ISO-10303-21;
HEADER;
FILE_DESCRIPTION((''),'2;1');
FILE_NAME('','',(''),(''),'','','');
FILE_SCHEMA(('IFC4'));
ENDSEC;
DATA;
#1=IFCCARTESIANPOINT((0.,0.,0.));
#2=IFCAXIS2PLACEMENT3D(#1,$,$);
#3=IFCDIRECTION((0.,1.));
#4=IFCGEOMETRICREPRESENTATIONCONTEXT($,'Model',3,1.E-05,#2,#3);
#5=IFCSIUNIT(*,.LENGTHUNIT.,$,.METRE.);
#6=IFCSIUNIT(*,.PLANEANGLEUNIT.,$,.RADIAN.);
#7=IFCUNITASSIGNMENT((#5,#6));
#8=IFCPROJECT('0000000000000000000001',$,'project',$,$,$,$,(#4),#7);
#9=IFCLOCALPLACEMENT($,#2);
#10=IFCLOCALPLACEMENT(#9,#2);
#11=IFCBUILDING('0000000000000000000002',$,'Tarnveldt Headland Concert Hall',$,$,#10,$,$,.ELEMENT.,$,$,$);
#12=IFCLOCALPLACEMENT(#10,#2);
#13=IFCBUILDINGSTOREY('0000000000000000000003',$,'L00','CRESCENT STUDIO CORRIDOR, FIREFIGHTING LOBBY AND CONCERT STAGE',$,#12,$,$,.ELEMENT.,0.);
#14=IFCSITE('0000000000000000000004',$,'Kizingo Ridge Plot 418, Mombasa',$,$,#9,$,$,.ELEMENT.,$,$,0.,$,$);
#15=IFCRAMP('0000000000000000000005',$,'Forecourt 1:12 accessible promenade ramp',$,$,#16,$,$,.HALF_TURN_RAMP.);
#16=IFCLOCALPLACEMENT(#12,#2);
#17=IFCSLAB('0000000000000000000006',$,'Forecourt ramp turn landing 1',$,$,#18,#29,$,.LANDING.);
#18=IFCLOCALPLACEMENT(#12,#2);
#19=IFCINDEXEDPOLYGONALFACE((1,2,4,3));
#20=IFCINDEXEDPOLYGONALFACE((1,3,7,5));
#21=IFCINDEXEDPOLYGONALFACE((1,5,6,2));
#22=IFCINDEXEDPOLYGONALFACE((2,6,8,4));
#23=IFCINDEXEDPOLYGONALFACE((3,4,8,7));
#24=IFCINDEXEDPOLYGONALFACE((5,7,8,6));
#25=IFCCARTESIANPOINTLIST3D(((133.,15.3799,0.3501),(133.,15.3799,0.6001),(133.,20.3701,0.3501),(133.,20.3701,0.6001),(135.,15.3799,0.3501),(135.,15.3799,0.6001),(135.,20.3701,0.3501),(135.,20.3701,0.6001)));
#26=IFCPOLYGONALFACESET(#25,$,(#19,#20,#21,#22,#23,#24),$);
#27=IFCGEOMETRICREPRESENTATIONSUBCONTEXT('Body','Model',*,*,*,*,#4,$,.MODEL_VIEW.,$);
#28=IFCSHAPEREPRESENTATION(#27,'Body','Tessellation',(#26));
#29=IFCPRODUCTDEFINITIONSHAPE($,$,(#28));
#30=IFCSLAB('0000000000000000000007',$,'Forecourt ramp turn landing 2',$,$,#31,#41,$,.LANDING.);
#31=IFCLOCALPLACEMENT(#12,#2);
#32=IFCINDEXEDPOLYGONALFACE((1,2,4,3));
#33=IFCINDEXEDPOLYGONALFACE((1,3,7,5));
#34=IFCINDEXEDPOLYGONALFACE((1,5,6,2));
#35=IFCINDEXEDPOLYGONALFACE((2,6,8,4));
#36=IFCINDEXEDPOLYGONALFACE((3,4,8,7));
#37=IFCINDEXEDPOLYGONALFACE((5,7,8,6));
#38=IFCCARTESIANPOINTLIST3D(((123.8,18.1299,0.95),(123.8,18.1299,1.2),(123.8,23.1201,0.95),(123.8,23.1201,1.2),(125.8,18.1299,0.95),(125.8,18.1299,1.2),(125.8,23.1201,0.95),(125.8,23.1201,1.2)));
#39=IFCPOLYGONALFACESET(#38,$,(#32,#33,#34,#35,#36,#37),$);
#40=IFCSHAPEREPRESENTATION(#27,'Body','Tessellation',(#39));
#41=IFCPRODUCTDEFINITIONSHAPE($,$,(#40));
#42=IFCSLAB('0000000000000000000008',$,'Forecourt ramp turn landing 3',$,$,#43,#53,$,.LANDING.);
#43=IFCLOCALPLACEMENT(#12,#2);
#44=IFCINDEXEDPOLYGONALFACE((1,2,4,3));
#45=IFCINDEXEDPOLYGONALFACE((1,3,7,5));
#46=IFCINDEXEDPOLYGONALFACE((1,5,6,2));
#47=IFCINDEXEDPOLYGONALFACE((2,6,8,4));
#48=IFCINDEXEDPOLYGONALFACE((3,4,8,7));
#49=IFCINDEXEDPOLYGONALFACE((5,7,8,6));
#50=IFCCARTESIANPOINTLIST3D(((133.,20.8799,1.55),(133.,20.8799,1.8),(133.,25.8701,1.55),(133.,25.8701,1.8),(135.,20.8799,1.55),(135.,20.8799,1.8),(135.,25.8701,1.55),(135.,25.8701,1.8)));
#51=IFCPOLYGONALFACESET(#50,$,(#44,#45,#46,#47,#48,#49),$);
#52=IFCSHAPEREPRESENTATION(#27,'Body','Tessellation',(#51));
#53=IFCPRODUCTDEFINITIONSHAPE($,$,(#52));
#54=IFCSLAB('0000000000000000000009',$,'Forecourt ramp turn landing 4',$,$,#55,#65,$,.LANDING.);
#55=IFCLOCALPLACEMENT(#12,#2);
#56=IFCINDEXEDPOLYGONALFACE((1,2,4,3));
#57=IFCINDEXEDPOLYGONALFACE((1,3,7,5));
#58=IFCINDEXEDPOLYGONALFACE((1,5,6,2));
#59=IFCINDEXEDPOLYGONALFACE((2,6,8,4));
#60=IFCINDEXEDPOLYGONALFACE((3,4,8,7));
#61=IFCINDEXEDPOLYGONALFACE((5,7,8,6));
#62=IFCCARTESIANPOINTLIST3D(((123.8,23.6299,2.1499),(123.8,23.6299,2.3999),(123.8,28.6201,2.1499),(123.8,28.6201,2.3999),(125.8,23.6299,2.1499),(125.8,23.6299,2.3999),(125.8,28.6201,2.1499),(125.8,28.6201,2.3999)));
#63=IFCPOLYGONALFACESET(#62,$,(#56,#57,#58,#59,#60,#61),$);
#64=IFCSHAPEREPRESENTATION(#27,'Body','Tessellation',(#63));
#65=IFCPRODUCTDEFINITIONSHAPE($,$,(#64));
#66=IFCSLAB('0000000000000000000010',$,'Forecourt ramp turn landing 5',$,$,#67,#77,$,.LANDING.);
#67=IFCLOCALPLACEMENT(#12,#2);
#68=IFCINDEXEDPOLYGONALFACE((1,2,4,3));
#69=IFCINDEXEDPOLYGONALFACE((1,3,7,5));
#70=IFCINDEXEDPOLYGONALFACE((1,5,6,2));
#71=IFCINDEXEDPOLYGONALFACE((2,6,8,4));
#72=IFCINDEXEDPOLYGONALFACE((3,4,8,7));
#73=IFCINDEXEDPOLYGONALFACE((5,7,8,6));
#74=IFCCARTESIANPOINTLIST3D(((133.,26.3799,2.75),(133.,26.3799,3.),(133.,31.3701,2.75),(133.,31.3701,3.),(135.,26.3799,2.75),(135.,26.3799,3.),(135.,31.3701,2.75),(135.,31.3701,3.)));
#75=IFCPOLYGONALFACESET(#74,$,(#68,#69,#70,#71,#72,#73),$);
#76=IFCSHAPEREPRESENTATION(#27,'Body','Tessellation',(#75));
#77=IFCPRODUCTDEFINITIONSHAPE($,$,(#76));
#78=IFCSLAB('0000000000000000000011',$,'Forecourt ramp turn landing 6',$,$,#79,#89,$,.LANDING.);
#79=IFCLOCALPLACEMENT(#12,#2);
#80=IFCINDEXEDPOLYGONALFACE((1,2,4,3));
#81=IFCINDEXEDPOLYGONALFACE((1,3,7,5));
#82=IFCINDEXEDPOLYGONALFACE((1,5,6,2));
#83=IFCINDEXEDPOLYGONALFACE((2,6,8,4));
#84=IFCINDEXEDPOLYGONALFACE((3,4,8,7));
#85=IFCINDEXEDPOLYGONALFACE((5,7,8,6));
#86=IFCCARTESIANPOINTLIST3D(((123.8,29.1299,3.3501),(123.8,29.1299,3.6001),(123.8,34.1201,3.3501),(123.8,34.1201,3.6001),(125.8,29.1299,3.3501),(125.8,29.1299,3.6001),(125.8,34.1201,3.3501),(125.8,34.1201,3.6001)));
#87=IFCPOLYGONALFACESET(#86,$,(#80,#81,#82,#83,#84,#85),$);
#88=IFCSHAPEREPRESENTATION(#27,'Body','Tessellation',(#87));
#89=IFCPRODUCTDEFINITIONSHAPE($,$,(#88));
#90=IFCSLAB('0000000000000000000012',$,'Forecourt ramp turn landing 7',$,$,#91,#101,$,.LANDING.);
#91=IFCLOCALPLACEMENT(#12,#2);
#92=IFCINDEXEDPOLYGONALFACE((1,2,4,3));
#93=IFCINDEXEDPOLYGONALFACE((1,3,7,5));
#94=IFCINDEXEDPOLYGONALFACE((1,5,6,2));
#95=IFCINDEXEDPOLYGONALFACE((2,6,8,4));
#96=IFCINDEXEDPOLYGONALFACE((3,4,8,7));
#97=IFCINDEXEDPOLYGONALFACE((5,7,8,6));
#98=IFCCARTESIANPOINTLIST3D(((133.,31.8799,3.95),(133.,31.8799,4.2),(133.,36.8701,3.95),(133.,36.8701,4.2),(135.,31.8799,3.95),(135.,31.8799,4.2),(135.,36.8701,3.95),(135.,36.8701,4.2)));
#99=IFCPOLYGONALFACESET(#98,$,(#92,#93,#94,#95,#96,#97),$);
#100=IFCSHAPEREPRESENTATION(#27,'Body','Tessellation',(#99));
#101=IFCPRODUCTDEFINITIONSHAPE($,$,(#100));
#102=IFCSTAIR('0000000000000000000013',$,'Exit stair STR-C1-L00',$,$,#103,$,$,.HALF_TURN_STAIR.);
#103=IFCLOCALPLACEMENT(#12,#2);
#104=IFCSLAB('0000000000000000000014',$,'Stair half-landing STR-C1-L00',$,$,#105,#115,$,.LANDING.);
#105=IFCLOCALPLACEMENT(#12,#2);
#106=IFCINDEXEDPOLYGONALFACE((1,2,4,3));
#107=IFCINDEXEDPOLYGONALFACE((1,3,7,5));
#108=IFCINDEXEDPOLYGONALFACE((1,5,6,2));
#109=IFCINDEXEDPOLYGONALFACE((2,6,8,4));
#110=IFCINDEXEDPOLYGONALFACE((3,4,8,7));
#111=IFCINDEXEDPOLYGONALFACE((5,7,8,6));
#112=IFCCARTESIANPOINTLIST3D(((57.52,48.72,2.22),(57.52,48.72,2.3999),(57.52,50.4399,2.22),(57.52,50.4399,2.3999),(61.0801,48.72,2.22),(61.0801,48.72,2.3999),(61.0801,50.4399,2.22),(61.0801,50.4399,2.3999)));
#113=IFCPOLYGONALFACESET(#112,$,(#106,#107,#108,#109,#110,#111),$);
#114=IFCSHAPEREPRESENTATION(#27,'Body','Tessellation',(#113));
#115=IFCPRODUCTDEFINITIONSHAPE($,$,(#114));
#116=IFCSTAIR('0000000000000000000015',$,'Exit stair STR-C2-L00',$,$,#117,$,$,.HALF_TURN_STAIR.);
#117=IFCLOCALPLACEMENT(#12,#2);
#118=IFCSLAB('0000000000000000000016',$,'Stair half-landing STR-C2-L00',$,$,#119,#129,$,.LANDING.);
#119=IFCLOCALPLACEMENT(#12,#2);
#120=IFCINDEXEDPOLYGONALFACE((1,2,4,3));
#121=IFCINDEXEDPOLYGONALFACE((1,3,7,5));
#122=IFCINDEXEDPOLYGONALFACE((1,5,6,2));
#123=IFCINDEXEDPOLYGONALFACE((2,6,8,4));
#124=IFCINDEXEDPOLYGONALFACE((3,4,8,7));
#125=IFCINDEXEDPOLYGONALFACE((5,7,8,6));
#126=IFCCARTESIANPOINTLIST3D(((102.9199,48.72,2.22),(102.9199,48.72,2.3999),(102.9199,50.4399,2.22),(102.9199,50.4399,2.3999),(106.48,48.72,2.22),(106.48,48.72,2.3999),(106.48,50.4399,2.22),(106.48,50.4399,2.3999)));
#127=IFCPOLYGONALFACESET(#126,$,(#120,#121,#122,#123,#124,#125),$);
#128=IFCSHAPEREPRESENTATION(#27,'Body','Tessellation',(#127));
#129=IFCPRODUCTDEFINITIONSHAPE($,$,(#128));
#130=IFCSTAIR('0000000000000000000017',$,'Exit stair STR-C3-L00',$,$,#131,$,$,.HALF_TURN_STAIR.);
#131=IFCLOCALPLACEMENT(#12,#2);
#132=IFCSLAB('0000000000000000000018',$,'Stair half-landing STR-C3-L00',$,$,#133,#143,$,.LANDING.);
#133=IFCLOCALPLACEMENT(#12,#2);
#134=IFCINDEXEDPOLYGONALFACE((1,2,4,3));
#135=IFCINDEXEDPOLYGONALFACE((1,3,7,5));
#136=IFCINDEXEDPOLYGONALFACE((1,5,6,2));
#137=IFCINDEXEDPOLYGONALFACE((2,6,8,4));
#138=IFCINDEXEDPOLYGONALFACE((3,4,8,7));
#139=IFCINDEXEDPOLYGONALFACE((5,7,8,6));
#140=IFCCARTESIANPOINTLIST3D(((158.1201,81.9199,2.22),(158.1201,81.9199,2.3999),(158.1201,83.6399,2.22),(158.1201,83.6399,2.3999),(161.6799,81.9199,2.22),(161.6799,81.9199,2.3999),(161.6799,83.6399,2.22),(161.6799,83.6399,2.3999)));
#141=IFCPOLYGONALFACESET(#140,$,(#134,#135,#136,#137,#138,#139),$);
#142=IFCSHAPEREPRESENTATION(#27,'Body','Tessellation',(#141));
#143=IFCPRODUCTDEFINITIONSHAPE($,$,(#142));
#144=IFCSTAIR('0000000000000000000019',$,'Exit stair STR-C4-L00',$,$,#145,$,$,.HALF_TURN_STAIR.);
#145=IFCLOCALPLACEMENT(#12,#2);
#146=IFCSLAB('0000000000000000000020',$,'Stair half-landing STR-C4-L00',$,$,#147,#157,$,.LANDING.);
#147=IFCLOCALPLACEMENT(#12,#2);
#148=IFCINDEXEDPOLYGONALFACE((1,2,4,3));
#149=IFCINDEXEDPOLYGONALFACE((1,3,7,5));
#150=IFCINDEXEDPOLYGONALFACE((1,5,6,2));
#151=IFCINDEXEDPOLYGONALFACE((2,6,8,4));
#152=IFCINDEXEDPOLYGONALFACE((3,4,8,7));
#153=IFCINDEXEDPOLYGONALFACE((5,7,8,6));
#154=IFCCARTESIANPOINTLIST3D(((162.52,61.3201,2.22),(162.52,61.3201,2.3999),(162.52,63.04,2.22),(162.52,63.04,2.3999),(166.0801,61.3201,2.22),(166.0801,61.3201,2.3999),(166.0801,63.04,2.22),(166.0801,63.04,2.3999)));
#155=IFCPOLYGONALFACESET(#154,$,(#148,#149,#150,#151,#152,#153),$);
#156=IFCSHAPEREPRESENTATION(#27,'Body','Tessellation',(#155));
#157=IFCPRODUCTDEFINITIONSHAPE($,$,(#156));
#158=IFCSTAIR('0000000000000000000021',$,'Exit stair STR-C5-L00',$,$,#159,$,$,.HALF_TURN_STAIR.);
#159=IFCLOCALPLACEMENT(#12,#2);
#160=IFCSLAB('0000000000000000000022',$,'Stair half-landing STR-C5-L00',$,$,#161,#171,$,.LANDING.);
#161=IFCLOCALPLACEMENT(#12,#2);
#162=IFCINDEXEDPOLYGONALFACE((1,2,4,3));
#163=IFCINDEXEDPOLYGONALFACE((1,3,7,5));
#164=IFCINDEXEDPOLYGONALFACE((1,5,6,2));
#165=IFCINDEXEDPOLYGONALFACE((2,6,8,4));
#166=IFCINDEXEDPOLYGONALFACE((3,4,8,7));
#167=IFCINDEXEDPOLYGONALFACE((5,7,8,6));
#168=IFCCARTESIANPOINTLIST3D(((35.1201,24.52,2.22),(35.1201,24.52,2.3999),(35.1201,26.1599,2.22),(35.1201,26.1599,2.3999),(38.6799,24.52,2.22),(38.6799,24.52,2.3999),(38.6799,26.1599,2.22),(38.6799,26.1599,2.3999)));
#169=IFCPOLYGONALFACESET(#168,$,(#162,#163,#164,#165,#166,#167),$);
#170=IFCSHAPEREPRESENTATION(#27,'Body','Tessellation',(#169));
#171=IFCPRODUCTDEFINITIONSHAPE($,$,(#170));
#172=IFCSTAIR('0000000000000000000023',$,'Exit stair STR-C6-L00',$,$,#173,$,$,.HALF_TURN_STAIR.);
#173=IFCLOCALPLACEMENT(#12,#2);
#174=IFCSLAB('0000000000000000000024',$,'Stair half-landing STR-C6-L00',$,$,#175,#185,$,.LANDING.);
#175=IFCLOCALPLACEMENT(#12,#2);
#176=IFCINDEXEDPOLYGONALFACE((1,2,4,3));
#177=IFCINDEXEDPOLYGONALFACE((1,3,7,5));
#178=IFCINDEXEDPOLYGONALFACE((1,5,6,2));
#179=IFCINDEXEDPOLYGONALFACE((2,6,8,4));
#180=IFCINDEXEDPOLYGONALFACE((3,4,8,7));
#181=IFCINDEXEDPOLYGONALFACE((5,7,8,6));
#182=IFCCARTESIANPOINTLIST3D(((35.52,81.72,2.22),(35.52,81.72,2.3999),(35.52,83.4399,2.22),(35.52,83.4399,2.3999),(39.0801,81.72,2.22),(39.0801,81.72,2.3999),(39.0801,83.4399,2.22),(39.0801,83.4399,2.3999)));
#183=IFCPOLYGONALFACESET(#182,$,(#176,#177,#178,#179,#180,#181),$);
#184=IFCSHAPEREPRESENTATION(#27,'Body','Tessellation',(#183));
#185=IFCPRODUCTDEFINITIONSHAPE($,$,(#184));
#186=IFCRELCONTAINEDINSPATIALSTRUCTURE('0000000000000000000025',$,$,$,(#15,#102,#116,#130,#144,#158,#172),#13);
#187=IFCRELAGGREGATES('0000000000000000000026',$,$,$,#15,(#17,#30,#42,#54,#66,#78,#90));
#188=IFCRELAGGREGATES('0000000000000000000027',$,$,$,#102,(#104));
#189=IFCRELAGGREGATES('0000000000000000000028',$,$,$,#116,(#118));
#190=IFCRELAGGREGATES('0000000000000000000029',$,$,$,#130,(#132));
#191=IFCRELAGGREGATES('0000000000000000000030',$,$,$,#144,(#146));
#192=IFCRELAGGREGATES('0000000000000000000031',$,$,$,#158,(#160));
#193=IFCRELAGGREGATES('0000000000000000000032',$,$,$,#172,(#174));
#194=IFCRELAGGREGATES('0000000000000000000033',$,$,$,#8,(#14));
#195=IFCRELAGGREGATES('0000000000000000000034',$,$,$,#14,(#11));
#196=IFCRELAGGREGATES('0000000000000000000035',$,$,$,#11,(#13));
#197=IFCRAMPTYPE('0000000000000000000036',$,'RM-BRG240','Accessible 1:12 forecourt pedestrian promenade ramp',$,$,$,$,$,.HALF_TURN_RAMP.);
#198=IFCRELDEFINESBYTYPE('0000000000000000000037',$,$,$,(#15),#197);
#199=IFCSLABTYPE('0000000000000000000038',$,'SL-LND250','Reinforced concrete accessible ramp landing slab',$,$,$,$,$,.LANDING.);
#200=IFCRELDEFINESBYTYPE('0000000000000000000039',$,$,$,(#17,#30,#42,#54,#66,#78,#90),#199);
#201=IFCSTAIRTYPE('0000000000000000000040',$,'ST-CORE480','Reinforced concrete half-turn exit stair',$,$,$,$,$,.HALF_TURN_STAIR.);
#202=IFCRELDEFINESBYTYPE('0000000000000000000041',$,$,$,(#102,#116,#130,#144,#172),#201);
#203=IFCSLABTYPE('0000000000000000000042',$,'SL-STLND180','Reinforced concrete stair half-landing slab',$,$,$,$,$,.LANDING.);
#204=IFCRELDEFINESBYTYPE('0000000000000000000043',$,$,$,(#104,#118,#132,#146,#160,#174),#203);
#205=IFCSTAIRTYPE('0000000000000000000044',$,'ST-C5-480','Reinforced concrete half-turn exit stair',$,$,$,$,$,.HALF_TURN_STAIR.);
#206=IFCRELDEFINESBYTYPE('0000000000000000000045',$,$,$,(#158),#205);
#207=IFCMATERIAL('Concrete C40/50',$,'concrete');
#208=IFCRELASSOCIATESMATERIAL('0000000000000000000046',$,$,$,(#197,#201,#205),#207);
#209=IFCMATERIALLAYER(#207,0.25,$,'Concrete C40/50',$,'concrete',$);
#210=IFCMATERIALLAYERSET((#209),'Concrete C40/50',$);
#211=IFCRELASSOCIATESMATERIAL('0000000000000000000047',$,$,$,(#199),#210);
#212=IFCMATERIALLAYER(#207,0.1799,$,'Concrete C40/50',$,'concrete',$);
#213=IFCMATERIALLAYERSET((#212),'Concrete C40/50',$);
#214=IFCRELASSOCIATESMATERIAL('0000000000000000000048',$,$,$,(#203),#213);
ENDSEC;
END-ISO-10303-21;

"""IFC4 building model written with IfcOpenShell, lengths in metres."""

from ifc_helpers import new_model, si_unit, direction, frame, origin, place, context, subcontext, project, spatial, polyline, outline, extrude, material, layer, layer_set, type_object, element, aggregate, save


model = new_model("IFC4")

# Units and contexts
model_context = context("Model", 3, precision=1e-05, world=origin(), true_north=direction((0.0, 1.0)))
body_context = subcontext(model_context, "Body", "Model", "MODEL_VIEW")
ifc_project = project(units=[si_unit("LENGTHUNIT", "METRE"), si_unit("PLANEANGLEUNIT", "RADIAN")], contexts=[model_context])

# Site, building, storey
site_placement = place(None, origin())
site = spatial("IfcSite", under=ifc_project, at=site_placement, Name="Kizingo Ridge Plot 418, Mombasa", CompositionType="ELEMENT", RefElevation=0.0)
building_placement = place(site_placement, origin())
building = spatial("IfcBuilding", under=site, at=building_placement, Name="Tarnveldt Headland Concert Hall", CompositionType="ELEMENT")
storey_placement = place(building_placement, origin())
storey = spatial("IfcBuildingStorey", under=building, at=storey_placement, Name="L00", Description="CRESCENT STUDIO CORRIDOR, FIREFIGHTING LOBBY AND CONCERT STAGE", CompositionType="ELEMENT", Elevation=0.0)

# Ramp, slabs
ifc_material_1 = material(Name="Concrete C40/50", Category="concrete")
ramp_type = type_object("IfcRampType", Name="RM-BRG240", Description="Accessible 1:12 forecourt pedestrian promenade ramp", PredefinedType="HALF_TURN_RAMP", material=ifc_material_1)
ramp_placement = place(storey_placement, origin())
ramp = element("IfcRamp", 1, at=ramp_placement, inside=storey, type_object=ramp_type, Name="Forecourt 1:12 accessible promenade ramp", PredefinedType="HALF_TURN_RAMP")
ifc_layer_1 = layer(ifc_material_1, 0.25, Name="Concrete C40/50", Category="concrete")
ifc_layer_set_1 = layer_set([ifc_layer_1], Name="Concrete C40/50")
slab_type_1 = type_object("IfcSlabType", Name="SL-LND250", Description="Reinforced concrete accessible ramp landing slab", PredefinedType="LANDING", material=ifc_layer_set_1)
slab_1_placement = place(storey_placement, frame((0.0, 0.0, 0.3501)))
slab_1 = element("IfcSlab", 2, at=slab_1_placement, type_object=slab_type_1, Name="Forecourt ramp turn landing 1", PredefinedType="LANDING", context=body_context, shape_type="SweptSolid", body=[
    extrude(outline(polyline([(133.0, 15.3799), (135.0, 15.3799), (135.0, 20.3701), (133.0, 20.3701), (133.0, 15.3799)])), origin(), (0.0, 0.0, 1.0), 0.25),
])
slab_2_placement = place(storey_placement, frame((0.0, 0.0, 0.95)))
slab_2 = element("IfcSlab", 3, at=slab_2_placement, type_object=slab_type_1, Name="Forecourt ramp turn landing 2", PredefinedType="LANDING", context=body_context, shape_type="SweptSolid", body=[
    extrude(outline(polyline([(123.8, 18.1299), (125.8, 18.1299), (125.8, 23.1201), (123.8, 23.1201), (123.8, 18.1299)])), origin(), (0.0, 0.0, 1.0), 0.25),
])
slab_3_placement = place(storey_placement, frame((0.0, 0.0, 1.55)))
slab_3 = element("IfcSlab", 4, at=slab_3_placement, type_object=slab_type_1, Name="Forecourt ramp turn landing 3", PredefinedType="LANDING", context=body_context, shape_type="SweptSolid", body=[
    extrude(outline(polyline([(133.0, 20.8799), (135.0, 20.8799), (135.0, 25.8701), (133.0, 25.8701), (133.0, 20.8799)])), origin(), (0.0, 0.0, 1.0), 0.25),
])
slab_4_placement = place(storey_placement, frame((0.0, 0.0, 2.1499)))
slab_4 = element("IfcSlab", 5, at=slab_4_placement, type_object=slab_type_1, Name="Forecourt ramp turn landing 4", PredefinedType="LANDING", context=body_context, shape_type="SweptSolid", body=[
    extrude(outline(polyline([(123.8, 23.6299), (125.8, 23.6299), (125.8, 28.6201), (123.8, 28.6201), (123.8, 23.6299)])), origin(), (0.0, 0.0, 1.0), 0.25),
])
slab_5_placement = place(storey_placement, frame((0.0, 0.0, 2.75)))
slab_5 = element("IfcSlab", 6, at=slab_5_placement, type_object=slab_type_1, Name="Forecourt ramp turn landing 5", PredefinedType="LANDING", context=body_context, shape_type="SweptSolid", body=[
    extrude(outline(polyline([(133.0, 26.3799), (135.0, 26.3799), (135.0, 31.3701), (133.0, 31.3701), (133.0, 26.3799)])), origin(), (0.0, 0.0, 1.0), 0.25),
])
slab_6_placement = place(storey_placement, frame((0.0, 0.0, 3.3501)))
slab_6 = element("IfcSlab", 7, at=slab_6_placement, type_object=slab_type_1, Name="Forecourt ramp turn landing 6", PredefinedType="LANDING", context=body_context, shape_type="SweptSolid", body=[
    extrude(outline(polyline([(123.8, 29.1299), (125.8, 29.1299), (125.8, 34.1201), (123.8, 34.1201), (123.8, 29.1299)])), origin(), (0.0, 0.0, 1.0), 0.25),
])
slab_7_placement = place(storey_placement, frame((0.0, 0.0, 3.95)))
slab_7 = element("IfcSlab", 8, at=slab_7_placement, type_object=slab_type_1, Name="Forecourt ramp turn landing 7", PredefinedType="LANDING", context=body_context, shape_type="SweptSolid", body=[
    extrude(outline(polyline([(133.0, 31.8799), (135.0, 31.8799), (135.0, 36.8701), (133.0, 36.8701), (133.0, 31.8799)])), origin(), (0.0, 0.0, 1.0), 0.25),
])
aggregate(ramp, [slab_1, slab_2, slab_3, slab_4, slab_5, slab_6, slab_7])

# Stairs, slabs
stair_type_1 = type_object("IfcStairType", Name="ST-CORE480", Description="Reinforced concrete half-turn exit stair", PredefinedType="HALF_TURN_STAIR", material=ifc_material_1)
stair_1_placement = place(storey_placement, origin())
stair_1 = element("IfcStair", 9, at=stair_1_placement, inside=storey, type_object=stair_type_1, Name="Exit stair STR-C1-L00", PredefinedType="HALF_TURN_STAIR")
ifc_layer_2 = layer(ifc_material_1, 0.1799, Name="Concrete C40/50", Category="concrete")
ifc_layer_set_2 = layer_set([ifc_layer_2], Name="Concrete C40/50")
slab_type_2 = type_object("IfcSlabType", Name="SL-STLND180", Description="Reinforced concrete stair half-landing slab", PredefinedType="LANDING", material=ifc_layer_set_2)
slab_8_placement = place(storey_placement, frame((0.0, 0.0, 2.22)))
slab_8 = element("IfcSlab", 10, at=slab_8_placement, type_object=slab_type_2, Name="Stair half-landing STR-C1-L00", PredefinedType="LANDING", context=body_context, shape_type="SweptSolid", body=[
    extrude(outline(polyline([(57.52, 48.72), (61.0801, 48.72), (61.0801, 50.4399), (57.52, 50.4399), (57.52, 48.72)])), origin(), (0.0, 0.0, 1.0), 0.1799),
])
aggregate(stair_1, [slab_8])
stair_2_placement = place(storey_placement, origin())
stair_2 = element("IfcStair", 11, at=stair_2_placement, inside=storey, type_object=stair_type_1, Name="Exit stair STR-C2-L00", PredefinedType="HALF_TURN_STAIR")
slab_9_placement = place(storey_placement, frame((0.0, 0.0, 2.22)))
slab_9 = element("IfcSlab", 12, at=slab_9_placement, type_object=slab_type_2, Name="Stair half-landing STR-C2-L00", PredefinedType="LANDING", context=body_context, shape_type="SweptSolid", body=[
    extrude(outline(polyline([(102.9199, 48.72), (106.48, 48.72), (106.48, 50.4399), (102.9199, 50.4399), (102.9199, 48.72)])), origin(), (0.0, 0.0, 1.0), 0.1799),
])
aggregate(stair_2, [slab_9])
stair_3_placement = place(storey_placement, origin())
stair_3 = element("IfcStair", 13, at=stair_3_placement, inside=storey, type_object=stair_type_1, Name="Exit stair STR-C3-L00", PredefinedType="HALF_TURN_STAIR")
slab_10_placement = place(storey_placement, frame((0.0, 0.0, 2.22)))
slab_10 = element("IfcSlab", 14, at=slab_10_placement, type_object=slab_type_2, Name="Stair half-landing STR-C3-L00", PredefinedType="LANDING", context=body_context, shape_type="SweptSolid", body=[
    extrude(outline(polyline([(158.1201, 81.9199), (161.6799, 81.9199), (161.6799, 83.6399), (158.1201, 83.6399), (158.1201, 81.9199)])), origin(), (0.0, 0.0, 1.0), 0.1799),
])
aggregate(stair_3, [slab_10])
stair_4_placement = place(storey_placement, origin())
stair_4 = element("IfcStair", 15, at=stair_4_placement, inside=storey, type_object=stair_type_1, Name="Exit stair STR-C4-L00", PredefinedType="HALF_TURN_STAIR")
slab_11_placement = place(storey_placement, frame((0.0, 0.0, 2.22)))
slab_11 = element("IfcSlab", 16, at=slab_11_placement, type_object=slab_type_2, Name="Stair half-landing STR-C4-L00", PredefinedType="LANDING", context=body_context, shape_type="SweptSolid", body=[
    extrude(outline(polyline([(162.52, 61.3201), (166.0801, 61.3201), (166.0801, 63.04), (162.52, 63.04), (162.52, 61.3201)])), origin(), (0.0, 0.0, 1.0), 0.1799),
])
aggregate(stair_4, [slab_11])
stair_type_2 = type_object("IfcStairType", Name="ST-C5-480", Description="Reinforced concrete half-turn exit stair", PredefinedType="HALF_TURN_STAIR", material=ifc_material_1)
stair_5_placement = place(storey_placement, origin())
stair_5 = element("IfcStair", 17, at=stair_5_placement, inside=storey, type_object=stair_type_2, Name="Exit stair STR-C5-L00", PredefinedType="HALF_TURN_STAIR")
slab_12_placement = place(storey_placement, frame((0.0, 0.0, 2.22)))
slab_12 = element("IfcSlab", 18, at=slab_12_placement, type_object=slab_type_2, Name="Stair half-landing STR-C5-L00", PredefinedType="LANDING", context=body_context, shape_type="SweptSolid", body=[
    extrude(outline(polyline([(35.1201, 24.52), (38.6799, 24.52), (38.6799, 26.1599), (35.1201, 26.1599), (35.1201, 24.52)])), origin(), (0.0, 0.0, 1.0), 0.1799),
])
aggregate(stair_5, [slab_12])
stair_6_placement = place(storey_placement, origin())
stair_6 = element("IfcStair", 19, at=stair_6_placement, inside=storey, type_object=stair_type_1, Name="Exit stair STR-C6-L00", PredefinedType="HALF_TURN_STAIR")
slab_13_placement = place(storey_placement, frame((0.0, 0.0, 2.22)))
slab_13 = element("IfcSlab", 20, at=slab_13_placement, type_object=slab_type_2, Name="Stair half-landing STR-C6-L00", PredefinedType="LANDING", context=body_context, shape_type="SweptSolid", body=[
    extrude(outline(polyline([(35.52, 81.72), (39.0801, 81.72), (39.0801, 83.4399), (35.52, 83.4399), (35.52, 81.72)])), origin(), (0.0, 0.0, 1.0), 0.1799),
])
aggregate(stair_6, [slab_13])

save(model, "model.ifc")
